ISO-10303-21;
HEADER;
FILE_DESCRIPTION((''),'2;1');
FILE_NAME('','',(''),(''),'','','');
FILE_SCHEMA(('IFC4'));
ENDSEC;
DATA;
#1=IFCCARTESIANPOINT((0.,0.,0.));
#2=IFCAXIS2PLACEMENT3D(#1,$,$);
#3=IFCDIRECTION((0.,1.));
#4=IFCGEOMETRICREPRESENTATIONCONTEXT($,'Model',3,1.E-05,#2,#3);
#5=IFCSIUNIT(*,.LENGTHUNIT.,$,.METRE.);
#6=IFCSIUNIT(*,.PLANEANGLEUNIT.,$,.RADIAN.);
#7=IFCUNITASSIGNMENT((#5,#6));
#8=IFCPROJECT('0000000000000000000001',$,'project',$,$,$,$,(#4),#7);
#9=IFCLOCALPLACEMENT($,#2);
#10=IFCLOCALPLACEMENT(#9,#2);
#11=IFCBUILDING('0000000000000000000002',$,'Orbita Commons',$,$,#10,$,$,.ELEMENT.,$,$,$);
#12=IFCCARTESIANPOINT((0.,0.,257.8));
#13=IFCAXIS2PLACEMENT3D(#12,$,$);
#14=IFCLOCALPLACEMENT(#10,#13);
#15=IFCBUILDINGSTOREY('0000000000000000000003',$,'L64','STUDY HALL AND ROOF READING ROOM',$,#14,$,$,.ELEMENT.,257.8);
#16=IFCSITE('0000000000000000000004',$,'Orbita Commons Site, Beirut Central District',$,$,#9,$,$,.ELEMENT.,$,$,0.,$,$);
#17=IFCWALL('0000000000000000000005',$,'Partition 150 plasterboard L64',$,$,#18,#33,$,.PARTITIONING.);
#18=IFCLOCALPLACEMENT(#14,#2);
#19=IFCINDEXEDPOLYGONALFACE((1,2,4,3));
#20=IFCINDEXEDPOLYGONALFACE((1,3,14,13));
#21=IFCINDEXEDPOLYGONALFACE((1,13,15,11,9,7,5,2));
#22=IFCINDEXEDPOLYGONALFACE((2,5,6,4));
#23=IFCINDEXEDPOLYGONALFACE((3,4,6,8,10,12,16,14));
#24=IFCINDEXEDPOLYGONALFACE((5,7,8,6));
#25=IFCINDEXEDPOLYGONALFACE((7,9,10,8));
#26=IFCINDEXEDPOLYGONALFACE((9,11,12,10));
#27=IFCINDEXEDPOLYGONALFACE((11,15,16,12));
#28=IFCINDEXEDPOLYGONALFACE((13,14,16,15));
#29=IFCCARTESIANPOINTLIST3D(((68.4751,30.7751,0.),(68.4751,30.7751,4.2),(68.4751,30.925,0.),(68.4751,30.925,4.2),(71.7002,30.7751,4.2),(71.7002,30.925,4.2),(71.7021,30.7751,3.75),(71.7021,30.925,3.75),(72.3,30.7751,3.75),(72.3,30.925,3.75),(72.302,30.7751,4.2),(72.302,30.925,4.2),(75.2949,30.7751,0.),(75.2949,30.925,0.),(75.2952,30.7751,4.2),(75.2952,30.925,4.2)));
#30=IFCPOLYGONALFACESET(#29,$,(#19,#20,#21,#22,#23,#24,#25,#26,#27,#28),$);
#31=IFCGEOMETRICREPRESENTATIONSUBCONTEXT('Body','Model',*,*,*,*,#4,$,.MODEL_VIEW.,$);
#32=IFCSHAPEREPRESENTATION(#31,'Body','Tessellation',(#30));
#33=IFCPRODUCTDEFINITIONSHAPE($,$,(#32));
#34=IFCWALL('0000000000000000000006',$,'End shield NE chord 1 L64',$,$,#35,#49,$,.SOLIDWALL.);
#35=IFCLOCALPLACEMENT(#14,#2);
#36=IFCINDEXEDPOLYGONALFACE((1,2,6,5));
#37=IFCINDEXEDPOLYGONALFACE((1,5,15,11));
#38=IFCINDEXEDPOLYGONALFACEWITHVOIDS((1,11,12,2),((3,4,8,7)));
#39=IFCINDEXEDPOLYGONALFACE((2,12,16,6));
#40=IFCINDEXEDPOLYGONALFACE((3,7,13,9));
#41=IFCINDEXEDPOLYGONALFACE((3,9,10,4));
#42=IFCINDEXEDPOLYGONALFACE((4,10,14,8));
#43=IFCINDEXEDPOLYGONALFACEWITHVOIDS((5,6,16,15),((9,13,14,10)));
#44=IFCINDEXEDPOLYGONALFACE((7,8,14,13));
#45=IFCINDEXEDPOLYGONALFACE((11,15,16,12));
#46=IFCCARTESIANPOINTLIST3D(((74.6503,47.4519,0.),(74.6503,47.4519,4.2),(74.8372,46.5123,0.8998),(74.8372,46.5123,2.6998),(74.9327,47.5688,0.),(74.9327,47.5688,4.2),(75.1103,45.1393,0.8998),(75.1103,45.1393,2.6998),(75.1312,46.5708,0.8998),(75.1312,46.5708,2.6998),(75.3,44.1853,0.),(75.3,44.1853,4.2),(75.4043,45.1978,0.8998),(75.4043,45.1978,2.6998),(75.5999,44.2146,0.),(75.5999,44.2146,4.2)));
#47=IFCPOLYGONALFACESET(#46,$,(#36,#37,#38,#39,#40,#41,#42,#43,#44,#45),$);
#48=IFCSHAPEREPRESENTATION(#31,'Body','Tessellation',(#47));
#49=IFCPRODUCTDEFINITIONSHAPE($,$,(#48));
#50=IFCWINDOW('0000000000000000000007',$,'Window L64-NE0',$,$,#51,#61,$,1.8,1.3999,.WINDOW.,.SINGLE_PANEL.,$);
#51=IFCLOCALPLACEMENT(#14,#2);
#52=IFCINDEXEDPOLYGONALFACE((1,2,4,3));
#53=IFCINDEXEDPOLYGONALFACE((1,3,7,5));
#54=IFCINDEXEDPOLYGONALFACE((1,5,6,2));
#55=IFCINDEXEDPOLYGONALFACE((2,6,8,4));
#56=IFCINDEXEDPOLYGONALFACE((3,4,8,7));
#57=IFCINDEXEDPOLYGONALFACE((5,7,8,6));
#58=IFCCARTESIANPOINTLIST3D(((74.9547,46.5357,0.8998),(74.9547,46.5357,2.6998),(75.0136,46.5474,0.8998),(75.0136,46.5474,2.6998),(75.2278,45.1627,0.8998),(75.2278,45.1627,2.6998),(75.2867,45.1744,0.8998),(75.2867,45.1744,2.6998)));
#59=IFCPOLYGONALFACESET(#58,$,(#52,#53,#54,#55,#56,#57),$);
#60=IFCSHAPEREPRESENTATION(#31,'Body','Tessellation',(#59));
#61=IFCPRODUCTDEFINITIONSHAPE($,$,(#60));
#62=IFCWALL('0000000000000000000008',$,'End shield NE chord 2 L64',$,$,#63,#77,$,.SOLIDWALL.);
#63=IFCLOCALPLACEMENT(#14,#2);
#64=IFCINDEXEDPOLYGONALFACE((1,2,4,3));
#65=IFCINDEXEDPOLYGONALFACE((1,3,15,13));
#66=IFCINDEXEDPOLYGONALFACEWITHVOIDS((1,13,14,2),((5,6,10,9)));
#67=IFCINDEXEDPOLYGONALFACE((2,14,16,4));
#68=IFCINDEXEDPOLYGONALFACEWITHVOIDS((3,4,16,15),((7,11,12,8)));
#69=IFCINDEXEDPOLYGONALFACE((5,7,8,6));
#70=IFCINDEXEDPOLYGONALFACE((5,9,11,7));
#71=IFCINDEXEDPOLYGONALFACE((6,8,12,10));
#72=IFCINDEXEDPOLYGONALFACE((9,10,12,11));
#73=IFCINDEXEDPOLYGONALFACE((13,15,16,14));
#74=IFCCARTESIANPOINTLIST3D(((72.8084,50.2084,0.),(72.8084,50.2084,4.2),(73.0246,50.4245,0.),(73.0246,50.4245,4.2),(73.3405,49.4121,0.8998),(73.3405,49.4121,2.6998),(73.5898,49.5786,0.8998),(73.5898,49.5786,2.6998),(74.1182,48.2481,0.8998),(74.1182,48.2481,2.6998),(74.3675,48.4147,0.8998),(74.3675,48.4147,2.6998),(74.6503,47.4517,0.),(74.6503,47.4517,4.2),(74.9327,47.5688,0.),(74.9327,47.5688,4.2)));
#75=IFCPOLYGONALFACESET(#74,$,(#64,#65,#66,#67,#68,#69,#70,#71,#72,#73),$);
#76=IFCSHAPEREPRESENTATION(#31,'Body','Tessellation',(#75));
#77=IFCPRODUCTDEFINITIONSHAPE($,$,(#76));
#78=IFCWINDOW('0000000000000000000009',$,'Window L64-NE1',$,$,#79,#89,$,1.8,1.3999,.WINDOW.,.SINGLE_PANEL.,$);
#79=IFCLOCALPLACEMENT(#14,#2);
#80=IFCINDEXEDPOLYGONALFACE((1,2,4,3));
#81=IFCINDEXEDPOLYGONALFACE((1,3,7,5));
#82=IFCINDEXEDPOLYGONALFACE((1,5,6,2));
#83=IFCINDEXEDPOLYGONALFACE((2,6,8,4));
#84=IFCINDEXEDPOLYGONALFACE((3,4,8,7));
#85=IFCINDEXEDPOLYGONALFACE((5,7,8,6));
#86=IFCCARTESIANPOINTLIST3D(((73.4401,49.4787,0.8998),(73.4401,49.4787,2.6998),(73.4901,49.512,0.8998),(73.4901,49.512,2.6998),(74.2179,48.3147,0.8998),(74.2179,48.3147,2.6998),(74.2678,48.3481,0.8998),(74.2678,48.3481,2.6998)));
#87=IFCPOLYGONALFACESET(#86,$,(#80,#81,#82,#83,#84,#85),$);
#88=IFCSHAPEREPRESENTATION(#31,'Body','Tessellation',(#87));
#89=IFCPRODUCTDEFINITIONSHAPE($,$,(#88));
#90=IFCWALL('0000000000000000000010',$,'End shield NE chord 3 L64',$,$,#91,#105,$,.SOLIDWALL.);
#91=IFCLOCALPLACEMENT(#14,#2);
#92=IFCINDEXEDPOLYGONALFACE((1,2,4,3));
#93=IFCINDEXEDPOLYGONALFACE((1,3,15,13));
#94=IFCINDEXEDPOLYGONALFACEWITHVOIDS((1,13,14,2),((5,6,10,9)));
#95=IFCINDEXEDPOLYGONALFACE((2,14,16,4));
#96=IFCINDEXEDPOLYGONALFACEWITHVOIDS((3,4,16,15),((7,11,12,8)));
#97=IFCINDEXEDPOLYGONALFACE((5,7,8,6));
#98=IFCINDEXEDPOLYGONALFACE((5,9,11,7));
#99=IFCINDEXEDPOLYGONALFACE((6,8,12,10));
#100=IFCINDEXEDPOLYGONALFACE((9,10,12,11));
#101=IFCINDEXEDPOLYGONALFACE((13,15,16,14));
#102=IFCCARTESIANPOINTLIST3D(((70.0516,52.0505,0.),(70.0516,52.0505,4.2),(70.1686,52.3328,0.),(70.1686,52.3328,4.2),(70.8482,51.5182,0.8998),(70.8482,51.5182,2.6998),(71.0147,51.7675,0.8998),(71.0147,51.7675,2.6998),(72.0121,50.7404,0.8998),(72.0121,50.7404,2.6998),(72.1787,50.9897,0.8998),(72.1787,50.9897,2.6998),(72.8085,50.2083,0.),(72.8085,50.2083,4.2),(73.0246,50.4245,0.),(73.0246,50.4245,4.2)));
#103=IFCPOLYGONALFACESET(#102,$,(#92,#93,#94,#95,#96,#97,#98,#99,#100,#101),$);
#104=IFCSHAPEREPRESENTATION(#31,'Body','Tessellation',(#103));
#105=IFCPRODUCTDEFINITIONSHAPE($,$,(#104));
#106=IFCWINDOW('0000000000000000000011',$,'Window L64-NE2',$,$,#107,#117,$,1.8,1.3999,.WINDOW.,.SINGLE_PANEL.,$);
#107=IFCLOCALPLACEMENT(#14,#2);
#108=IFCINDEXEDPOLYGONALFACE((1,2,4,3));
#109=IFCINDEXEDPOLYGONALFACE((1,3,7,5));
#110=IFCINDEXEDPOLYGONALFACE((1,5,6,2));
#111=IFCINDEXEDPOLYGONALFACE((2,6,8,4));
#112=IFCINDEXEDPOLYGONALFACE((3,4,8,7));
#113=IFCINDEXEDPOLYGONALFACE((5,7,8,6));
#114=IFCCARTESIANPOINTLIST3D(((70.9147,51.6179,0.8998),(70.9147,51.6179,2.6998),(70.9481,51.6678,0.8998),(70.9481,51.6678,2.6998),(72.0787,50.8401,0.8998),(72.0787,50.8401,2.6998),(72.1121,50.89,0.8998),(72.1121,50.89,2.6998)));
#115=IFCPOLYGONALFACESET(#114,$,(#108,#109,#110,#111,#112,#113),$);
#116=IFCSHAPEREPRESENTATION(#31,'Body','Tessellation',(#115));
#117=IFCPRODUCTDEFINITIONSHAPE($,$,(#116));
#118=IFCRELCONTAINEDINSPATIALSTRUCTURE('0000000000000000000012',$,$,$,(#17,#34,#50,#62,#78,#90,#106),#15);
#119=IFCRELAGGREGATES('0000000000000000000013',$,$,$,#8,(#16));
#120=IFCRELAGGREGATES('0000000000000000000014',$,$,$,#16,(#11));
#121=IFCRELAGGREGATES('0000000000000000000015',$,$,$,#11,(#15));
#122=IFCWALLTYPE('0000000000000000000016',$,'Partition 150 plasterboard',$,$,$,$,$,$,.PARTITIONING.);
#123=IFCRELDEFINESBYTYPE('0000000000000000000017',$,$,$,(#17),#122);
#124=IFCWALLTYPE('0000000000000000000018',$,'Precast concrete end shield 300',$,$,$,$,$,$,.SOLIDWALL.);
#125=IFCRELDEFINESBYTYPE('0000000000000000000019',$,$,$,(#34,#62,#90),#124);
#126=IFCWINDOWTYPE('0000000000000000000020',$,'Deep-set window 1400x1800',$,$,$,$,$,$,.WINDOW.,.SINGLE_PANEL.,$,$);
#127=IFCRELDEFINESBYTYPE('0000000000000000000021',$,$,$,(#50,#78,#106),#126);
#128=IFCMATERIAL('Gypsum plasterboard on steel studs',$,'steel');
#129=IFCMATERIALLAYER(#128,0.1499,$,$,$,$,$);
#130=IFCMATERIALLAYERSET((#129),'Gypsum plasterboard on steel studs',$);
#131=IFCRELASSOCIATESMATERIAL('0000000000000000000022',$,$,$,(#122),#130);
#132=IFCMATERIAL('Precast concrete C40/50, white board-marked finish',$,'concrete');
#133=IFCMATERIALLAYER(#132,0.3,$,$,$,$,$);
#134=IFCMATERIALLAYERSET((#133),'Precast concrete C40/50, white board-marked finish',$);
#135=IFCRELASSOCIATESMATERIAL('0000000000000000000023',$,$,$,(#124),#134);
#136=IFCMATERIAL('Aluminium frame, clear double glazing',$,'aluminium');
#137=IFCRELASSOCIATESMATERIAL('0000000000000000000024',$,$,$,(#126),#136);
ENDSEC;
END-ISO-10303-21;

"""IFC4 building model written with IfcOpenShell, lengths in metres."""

from ifc_helpers import new_model, si_unit, direction, frame, frame_2d, origin, place, context, subcontext, project, spatial, polyline, rectangle, outline, extrude, material, layer, layer_set, type_object, element, fill, save


model = new_model("IFC4")

# Units and contexts
model_context = context("Model", 3, precision=1e-05, world=origin(), true_north=direction((0.0, 1.0)))
body_context = subcontext(model_context, "Body", "Model", "MODEL_VIEW")
ifc_project = project(units=[si_unit("LENGTHUNIT", "METRE"), si_unit("PLANEANGLEUNIT", "RADIAN")], contexts=[model_context])

# Site, building, storey
site_placement = place(None, origin())
site = spatial("IfcSite", under=ifc_project, at=site_placement, Name="Orbita Commons Site, Beirut Central District", CompositionType="ELEMENT", RefElevation=0.0)
building_placement = place(site_placement, origin())
building = spatial("IfcBuilding", under=site, at=building_placement, Name="Orbita Commons", CompositionType="ELEMENT")
storey_placement = place(building_placement, frame((0.0, 0.0, 257.8)))
storey = spatial("IfcBuildingStorey", under=building, at=storey_placement, Name="L64", Description="STUDY HALL AND ROOF READING ROOM", CompositionType="ELEMENT", Elevation=257.8)

# Wall
ifc_material_1 = material(Name="Gypsum plasterboard on steel studs", Category="steel")
ifc_layer_1 = layer(ifc_material_1, 0.1499)
ifc_layer_set_1 = layer_set([ifc_layer_1], Name="Gypsum plasterboard on steel studs")
wall_type_1 = type_object("IfcWallType", Name="Partition 150 plasterboard", PredefinedType="PARTITIONING", material=ifc_layer_set_1)
wall_1_placement = place(storey_placement, frame((68.4751, 30.8501, 0.0), z_axis=(0.0, 0.0, 1.0), x_axis=(1.0, 0.0, 0.0)))
element("IfcWall", 1, at=wall_1_placement, inside=storey, type_object=wall_type_1, Name="Partition 150 plasterboard L64", PredefinedType="PARTITIONING", context=body_context, shape_type="SweptSolid", body=[
    extrude(outline(polyline([(0.0, 0.0), (6.8198, 0.0), (6.8201, 4.2), (3.8269, 4.2), (3.825, 3.75), (3.2271, 3.75), (3.2251, 4.2), (0.0, 4.2), (0.0, 0.0)])), frame((0.0, 0.075, 0.0), z_axis=(0.0, -1.0, 0.0), x_axis=(1.0, 0.0, 0.0)), (0.0, 0.0, 1.0), 0.1499),
])

# Walls, openings, windows
ifc_material_2 = material(Name="Precast concrete C40/50, white board-marked finish", Category="concrete")
ifc_layer_2 = layer(ifc_material_2, 0.3)
ifc_layer_set_2 = layer_set([ifc_layer_2], Name="Precast concrete C40/50, white board-marked finish")
wall_type_2 = type_object("IfcWallType", Name="Precast concrete end shield 300", PredefinedType="SOLIDWALL", material=ifc_layer_set_2)
wall_2_placement = place(storey_placement, frame((75.45, 44.2, 0.0), z_axis=(0.0, 0.0, 1.0), x_axis=(-0.195087, 0.980786, 0.0)))
wall_2 = element("IfcWall", 2, at=wall_2_placement, inside=storey, type_object=wall_type_2, Name="End shield NE chord 1 L64", PredefinedType="SOLIDWALL", context=body_context, shape_type="SweptSolid", body=[
    extrude(outline(polyline([(-0.0149, -0.1499), (3.405, -0.1499), (3.3455, 0.1499), (0.0149, 0.1499), (-0.0149, -0.1499)])), origin(), (0.0, 0.0, 1.0), 4.2),
])
opening_1_placement = place(wall_2_placement, frame((0.9875, 0.0, 0.8999)))
opening_1 = element("IfcOpeningElement", 3, at=opening_1_placement, cuts=wall_2, PredefinedType="OPENING", context=body_context, shape_type="SweptSolid", body=[
    extrude(rectangle(XDim=1.3999, YDim=1.8, at=frame_2d((0.7, 0.8999))), frame((0.0, 0.1599, 0.0), z_axis=(0.0, -1.0, 0.0), x_axis=(1.0, 0.0, 0.0)), (0.0, 0.0, 1.0), 0.3201),
])
ifc_material_3 = material(Name="Aluminium frame, clear double glazing", Category="aluminium")
window_type = type_object("IfcWindowType", Name="Deep-set window 1400x1800", PartitioningType="SINGLE_PANEL", PredefinedType="WINDOW", material=ifc_material_3)
window_1_placement = place(opening_1_placement, origin())
window_1 = element("IfcWindow", 4, at=window_1_placement, inside=storey, type_object=window_type, Name="Window L64-NE0", OverallHeight=1.8, OverallWidth=1.3999, PartitioningType="SINGLE_PANEL", PredefinedType="WINDOW", context=body_context, shape_type="SweptSolid", body=[
    extrude(rectangle(XDim=1.3999, YDim=1.8, at=frame_2d((0.7, 0.8999))), frame((0.0, 0.03, 0.0), z_axis=(0.0, -1.0, 0.0), x_axis=(1.0, 0.0, 0.0)), (0.0, 0.0, 1.0), 0.0601),
])
fill(opening_1, window_1)
wall_3_placement = place(storey_placement, frame((74.7915, 47.5103, 0.0), z_axis=(0.0, 0.0, 1.0), x_axis=(-0.555568, 0.831471, 0.0)))
wall_3 = element("IfcWall", 5, at=wall_3_placement, inside=storey, type_object=wall_type_2, Name="End shield NE chord 2 L64", PredefinedType="SOLIDWALL", context=body_context, shape_type="SweptSolid", body=[
    extrude(outline(polyline([(-0.0298, -0.1499), (3.4048, -0.1499), (3.3452, 0.1499), (0.0298, 0.1499), (-0.0298, -0.1499)])), origin(), (0.0, 0.0, 1.0), 4.2),
])
opening_2_placement = place(wall_3_placement, frame((0.9875, 0.0, 0.8999)))
opening_2 = element("IfcOpeningElement", 6, at=opening_2_placement, cuts=wall_3, PredefinedType="OPENING", context=body_context, shape_type="SweptSolid", body=[
    extrude(rectangle(XDim=1.3999, YDim=1.8, at=frame_2d((0.7, 0.8999))), frame((0.0, 0.1599, 0.0), z_axis=(0.0, -1.0, 0.0), x_axis=(1.0, 0.0, 0.0)), (0.0, 0.0, 1.0), 0.3201),
])
window_2_placement = place(opening_2_placement, origin())
window_2 = element("IfcWindow", 7, at=window_2_placement, inside=storey, type_object=window_type, Name="Window L64-NE1", OverallHeight=1.8, OverallWidth=1.3999, PartitioningType="SINGLE_PANEL", PredefinedType="WINDOW", context=body_context, shape_type="SweptSolid", body=[
    extrude(rectangle(XDim=1.3999, YDim=1.8, at=frame_2d((0.7, 0.8999))), frame((0.0, 0.03, 0.0), z_axis=(0.0, -1.0, 0.0), x_axis=(1.0, 0.0, 0.0)), (0.0, 0.0, 1.0), 0.0601),
])
fill(opening_2, window_2)
wall_4_placement = place(storey_placement, frame((72.9165, 50.3164, 0.0), z_axis=(0.0, 0.0, 1.0), x_axis=(-0.83146, 0.555585, 0.0)))
wall_4 = element("IfcWall", 8, at=wall_4_placement, inside=storey, type_object=wall_type_2, Name="End shield NE chord 3 L64", PredefinedType="SOLIDWALL", context=body_context, shape_type="SweptSolid", body=[
    extrude(outline(polyline([(-0.0298, -0.1499), (3.405, -0.1499), (3.3455, 0.1499), (0.0298, 0.1499), (-0.0298, -0.1499)])), origin(), (0.0, 0.0, 1.0), 4.2),
])
opening_3_placement = place(wall_4_placement, frame((0.9875, 0.0, 0.8999)))
opening_3 = element("IfcOpeningElement", 9, at=opening_3_placement, cuts=wall_4, PredefinedType="OPENING", context=body_context, shape_type="SweptSolid", body=[
    extrude(rectangle(XDim=1.3999, YDim=1.8, at=frame_2d((0.7, 0.8999))), frame((0.0, 0.1599, 0.0), z_axis=(0.0, -1.0, 0.0), x_axis=(1.0, 0.0, 0.0)), (0.0, 0.0, 1.0), 0.3201),
])
window_3_placement = place(opening_3_placement, origin())
window_3 = element("IfcWindow", 10, at=window_3_placement, inside=storey, type_object=window_type, Name="Window L64-NE2", OverallHeight=1.8, OverallWidth=1.3999, PartitioningType="SINGLE_PANEL", PredefinedType="WINDOW", context=body_context, shape_type="SweptSolid", body=[
    extrude(rectangle(XDim=1.3999, YDim=1.8, at=frame_2d((0.7, 0.8999))), frame((0.0, 0.03, 0.0), z_axis=(0.0, -1.0, 0.0), x_axis=(1.0, 0.0, 0.0)), (0.0, 0.0, 1.0), 0.0601),
])
fill(opening_3, window_3)

save(model, "model.ifc")
